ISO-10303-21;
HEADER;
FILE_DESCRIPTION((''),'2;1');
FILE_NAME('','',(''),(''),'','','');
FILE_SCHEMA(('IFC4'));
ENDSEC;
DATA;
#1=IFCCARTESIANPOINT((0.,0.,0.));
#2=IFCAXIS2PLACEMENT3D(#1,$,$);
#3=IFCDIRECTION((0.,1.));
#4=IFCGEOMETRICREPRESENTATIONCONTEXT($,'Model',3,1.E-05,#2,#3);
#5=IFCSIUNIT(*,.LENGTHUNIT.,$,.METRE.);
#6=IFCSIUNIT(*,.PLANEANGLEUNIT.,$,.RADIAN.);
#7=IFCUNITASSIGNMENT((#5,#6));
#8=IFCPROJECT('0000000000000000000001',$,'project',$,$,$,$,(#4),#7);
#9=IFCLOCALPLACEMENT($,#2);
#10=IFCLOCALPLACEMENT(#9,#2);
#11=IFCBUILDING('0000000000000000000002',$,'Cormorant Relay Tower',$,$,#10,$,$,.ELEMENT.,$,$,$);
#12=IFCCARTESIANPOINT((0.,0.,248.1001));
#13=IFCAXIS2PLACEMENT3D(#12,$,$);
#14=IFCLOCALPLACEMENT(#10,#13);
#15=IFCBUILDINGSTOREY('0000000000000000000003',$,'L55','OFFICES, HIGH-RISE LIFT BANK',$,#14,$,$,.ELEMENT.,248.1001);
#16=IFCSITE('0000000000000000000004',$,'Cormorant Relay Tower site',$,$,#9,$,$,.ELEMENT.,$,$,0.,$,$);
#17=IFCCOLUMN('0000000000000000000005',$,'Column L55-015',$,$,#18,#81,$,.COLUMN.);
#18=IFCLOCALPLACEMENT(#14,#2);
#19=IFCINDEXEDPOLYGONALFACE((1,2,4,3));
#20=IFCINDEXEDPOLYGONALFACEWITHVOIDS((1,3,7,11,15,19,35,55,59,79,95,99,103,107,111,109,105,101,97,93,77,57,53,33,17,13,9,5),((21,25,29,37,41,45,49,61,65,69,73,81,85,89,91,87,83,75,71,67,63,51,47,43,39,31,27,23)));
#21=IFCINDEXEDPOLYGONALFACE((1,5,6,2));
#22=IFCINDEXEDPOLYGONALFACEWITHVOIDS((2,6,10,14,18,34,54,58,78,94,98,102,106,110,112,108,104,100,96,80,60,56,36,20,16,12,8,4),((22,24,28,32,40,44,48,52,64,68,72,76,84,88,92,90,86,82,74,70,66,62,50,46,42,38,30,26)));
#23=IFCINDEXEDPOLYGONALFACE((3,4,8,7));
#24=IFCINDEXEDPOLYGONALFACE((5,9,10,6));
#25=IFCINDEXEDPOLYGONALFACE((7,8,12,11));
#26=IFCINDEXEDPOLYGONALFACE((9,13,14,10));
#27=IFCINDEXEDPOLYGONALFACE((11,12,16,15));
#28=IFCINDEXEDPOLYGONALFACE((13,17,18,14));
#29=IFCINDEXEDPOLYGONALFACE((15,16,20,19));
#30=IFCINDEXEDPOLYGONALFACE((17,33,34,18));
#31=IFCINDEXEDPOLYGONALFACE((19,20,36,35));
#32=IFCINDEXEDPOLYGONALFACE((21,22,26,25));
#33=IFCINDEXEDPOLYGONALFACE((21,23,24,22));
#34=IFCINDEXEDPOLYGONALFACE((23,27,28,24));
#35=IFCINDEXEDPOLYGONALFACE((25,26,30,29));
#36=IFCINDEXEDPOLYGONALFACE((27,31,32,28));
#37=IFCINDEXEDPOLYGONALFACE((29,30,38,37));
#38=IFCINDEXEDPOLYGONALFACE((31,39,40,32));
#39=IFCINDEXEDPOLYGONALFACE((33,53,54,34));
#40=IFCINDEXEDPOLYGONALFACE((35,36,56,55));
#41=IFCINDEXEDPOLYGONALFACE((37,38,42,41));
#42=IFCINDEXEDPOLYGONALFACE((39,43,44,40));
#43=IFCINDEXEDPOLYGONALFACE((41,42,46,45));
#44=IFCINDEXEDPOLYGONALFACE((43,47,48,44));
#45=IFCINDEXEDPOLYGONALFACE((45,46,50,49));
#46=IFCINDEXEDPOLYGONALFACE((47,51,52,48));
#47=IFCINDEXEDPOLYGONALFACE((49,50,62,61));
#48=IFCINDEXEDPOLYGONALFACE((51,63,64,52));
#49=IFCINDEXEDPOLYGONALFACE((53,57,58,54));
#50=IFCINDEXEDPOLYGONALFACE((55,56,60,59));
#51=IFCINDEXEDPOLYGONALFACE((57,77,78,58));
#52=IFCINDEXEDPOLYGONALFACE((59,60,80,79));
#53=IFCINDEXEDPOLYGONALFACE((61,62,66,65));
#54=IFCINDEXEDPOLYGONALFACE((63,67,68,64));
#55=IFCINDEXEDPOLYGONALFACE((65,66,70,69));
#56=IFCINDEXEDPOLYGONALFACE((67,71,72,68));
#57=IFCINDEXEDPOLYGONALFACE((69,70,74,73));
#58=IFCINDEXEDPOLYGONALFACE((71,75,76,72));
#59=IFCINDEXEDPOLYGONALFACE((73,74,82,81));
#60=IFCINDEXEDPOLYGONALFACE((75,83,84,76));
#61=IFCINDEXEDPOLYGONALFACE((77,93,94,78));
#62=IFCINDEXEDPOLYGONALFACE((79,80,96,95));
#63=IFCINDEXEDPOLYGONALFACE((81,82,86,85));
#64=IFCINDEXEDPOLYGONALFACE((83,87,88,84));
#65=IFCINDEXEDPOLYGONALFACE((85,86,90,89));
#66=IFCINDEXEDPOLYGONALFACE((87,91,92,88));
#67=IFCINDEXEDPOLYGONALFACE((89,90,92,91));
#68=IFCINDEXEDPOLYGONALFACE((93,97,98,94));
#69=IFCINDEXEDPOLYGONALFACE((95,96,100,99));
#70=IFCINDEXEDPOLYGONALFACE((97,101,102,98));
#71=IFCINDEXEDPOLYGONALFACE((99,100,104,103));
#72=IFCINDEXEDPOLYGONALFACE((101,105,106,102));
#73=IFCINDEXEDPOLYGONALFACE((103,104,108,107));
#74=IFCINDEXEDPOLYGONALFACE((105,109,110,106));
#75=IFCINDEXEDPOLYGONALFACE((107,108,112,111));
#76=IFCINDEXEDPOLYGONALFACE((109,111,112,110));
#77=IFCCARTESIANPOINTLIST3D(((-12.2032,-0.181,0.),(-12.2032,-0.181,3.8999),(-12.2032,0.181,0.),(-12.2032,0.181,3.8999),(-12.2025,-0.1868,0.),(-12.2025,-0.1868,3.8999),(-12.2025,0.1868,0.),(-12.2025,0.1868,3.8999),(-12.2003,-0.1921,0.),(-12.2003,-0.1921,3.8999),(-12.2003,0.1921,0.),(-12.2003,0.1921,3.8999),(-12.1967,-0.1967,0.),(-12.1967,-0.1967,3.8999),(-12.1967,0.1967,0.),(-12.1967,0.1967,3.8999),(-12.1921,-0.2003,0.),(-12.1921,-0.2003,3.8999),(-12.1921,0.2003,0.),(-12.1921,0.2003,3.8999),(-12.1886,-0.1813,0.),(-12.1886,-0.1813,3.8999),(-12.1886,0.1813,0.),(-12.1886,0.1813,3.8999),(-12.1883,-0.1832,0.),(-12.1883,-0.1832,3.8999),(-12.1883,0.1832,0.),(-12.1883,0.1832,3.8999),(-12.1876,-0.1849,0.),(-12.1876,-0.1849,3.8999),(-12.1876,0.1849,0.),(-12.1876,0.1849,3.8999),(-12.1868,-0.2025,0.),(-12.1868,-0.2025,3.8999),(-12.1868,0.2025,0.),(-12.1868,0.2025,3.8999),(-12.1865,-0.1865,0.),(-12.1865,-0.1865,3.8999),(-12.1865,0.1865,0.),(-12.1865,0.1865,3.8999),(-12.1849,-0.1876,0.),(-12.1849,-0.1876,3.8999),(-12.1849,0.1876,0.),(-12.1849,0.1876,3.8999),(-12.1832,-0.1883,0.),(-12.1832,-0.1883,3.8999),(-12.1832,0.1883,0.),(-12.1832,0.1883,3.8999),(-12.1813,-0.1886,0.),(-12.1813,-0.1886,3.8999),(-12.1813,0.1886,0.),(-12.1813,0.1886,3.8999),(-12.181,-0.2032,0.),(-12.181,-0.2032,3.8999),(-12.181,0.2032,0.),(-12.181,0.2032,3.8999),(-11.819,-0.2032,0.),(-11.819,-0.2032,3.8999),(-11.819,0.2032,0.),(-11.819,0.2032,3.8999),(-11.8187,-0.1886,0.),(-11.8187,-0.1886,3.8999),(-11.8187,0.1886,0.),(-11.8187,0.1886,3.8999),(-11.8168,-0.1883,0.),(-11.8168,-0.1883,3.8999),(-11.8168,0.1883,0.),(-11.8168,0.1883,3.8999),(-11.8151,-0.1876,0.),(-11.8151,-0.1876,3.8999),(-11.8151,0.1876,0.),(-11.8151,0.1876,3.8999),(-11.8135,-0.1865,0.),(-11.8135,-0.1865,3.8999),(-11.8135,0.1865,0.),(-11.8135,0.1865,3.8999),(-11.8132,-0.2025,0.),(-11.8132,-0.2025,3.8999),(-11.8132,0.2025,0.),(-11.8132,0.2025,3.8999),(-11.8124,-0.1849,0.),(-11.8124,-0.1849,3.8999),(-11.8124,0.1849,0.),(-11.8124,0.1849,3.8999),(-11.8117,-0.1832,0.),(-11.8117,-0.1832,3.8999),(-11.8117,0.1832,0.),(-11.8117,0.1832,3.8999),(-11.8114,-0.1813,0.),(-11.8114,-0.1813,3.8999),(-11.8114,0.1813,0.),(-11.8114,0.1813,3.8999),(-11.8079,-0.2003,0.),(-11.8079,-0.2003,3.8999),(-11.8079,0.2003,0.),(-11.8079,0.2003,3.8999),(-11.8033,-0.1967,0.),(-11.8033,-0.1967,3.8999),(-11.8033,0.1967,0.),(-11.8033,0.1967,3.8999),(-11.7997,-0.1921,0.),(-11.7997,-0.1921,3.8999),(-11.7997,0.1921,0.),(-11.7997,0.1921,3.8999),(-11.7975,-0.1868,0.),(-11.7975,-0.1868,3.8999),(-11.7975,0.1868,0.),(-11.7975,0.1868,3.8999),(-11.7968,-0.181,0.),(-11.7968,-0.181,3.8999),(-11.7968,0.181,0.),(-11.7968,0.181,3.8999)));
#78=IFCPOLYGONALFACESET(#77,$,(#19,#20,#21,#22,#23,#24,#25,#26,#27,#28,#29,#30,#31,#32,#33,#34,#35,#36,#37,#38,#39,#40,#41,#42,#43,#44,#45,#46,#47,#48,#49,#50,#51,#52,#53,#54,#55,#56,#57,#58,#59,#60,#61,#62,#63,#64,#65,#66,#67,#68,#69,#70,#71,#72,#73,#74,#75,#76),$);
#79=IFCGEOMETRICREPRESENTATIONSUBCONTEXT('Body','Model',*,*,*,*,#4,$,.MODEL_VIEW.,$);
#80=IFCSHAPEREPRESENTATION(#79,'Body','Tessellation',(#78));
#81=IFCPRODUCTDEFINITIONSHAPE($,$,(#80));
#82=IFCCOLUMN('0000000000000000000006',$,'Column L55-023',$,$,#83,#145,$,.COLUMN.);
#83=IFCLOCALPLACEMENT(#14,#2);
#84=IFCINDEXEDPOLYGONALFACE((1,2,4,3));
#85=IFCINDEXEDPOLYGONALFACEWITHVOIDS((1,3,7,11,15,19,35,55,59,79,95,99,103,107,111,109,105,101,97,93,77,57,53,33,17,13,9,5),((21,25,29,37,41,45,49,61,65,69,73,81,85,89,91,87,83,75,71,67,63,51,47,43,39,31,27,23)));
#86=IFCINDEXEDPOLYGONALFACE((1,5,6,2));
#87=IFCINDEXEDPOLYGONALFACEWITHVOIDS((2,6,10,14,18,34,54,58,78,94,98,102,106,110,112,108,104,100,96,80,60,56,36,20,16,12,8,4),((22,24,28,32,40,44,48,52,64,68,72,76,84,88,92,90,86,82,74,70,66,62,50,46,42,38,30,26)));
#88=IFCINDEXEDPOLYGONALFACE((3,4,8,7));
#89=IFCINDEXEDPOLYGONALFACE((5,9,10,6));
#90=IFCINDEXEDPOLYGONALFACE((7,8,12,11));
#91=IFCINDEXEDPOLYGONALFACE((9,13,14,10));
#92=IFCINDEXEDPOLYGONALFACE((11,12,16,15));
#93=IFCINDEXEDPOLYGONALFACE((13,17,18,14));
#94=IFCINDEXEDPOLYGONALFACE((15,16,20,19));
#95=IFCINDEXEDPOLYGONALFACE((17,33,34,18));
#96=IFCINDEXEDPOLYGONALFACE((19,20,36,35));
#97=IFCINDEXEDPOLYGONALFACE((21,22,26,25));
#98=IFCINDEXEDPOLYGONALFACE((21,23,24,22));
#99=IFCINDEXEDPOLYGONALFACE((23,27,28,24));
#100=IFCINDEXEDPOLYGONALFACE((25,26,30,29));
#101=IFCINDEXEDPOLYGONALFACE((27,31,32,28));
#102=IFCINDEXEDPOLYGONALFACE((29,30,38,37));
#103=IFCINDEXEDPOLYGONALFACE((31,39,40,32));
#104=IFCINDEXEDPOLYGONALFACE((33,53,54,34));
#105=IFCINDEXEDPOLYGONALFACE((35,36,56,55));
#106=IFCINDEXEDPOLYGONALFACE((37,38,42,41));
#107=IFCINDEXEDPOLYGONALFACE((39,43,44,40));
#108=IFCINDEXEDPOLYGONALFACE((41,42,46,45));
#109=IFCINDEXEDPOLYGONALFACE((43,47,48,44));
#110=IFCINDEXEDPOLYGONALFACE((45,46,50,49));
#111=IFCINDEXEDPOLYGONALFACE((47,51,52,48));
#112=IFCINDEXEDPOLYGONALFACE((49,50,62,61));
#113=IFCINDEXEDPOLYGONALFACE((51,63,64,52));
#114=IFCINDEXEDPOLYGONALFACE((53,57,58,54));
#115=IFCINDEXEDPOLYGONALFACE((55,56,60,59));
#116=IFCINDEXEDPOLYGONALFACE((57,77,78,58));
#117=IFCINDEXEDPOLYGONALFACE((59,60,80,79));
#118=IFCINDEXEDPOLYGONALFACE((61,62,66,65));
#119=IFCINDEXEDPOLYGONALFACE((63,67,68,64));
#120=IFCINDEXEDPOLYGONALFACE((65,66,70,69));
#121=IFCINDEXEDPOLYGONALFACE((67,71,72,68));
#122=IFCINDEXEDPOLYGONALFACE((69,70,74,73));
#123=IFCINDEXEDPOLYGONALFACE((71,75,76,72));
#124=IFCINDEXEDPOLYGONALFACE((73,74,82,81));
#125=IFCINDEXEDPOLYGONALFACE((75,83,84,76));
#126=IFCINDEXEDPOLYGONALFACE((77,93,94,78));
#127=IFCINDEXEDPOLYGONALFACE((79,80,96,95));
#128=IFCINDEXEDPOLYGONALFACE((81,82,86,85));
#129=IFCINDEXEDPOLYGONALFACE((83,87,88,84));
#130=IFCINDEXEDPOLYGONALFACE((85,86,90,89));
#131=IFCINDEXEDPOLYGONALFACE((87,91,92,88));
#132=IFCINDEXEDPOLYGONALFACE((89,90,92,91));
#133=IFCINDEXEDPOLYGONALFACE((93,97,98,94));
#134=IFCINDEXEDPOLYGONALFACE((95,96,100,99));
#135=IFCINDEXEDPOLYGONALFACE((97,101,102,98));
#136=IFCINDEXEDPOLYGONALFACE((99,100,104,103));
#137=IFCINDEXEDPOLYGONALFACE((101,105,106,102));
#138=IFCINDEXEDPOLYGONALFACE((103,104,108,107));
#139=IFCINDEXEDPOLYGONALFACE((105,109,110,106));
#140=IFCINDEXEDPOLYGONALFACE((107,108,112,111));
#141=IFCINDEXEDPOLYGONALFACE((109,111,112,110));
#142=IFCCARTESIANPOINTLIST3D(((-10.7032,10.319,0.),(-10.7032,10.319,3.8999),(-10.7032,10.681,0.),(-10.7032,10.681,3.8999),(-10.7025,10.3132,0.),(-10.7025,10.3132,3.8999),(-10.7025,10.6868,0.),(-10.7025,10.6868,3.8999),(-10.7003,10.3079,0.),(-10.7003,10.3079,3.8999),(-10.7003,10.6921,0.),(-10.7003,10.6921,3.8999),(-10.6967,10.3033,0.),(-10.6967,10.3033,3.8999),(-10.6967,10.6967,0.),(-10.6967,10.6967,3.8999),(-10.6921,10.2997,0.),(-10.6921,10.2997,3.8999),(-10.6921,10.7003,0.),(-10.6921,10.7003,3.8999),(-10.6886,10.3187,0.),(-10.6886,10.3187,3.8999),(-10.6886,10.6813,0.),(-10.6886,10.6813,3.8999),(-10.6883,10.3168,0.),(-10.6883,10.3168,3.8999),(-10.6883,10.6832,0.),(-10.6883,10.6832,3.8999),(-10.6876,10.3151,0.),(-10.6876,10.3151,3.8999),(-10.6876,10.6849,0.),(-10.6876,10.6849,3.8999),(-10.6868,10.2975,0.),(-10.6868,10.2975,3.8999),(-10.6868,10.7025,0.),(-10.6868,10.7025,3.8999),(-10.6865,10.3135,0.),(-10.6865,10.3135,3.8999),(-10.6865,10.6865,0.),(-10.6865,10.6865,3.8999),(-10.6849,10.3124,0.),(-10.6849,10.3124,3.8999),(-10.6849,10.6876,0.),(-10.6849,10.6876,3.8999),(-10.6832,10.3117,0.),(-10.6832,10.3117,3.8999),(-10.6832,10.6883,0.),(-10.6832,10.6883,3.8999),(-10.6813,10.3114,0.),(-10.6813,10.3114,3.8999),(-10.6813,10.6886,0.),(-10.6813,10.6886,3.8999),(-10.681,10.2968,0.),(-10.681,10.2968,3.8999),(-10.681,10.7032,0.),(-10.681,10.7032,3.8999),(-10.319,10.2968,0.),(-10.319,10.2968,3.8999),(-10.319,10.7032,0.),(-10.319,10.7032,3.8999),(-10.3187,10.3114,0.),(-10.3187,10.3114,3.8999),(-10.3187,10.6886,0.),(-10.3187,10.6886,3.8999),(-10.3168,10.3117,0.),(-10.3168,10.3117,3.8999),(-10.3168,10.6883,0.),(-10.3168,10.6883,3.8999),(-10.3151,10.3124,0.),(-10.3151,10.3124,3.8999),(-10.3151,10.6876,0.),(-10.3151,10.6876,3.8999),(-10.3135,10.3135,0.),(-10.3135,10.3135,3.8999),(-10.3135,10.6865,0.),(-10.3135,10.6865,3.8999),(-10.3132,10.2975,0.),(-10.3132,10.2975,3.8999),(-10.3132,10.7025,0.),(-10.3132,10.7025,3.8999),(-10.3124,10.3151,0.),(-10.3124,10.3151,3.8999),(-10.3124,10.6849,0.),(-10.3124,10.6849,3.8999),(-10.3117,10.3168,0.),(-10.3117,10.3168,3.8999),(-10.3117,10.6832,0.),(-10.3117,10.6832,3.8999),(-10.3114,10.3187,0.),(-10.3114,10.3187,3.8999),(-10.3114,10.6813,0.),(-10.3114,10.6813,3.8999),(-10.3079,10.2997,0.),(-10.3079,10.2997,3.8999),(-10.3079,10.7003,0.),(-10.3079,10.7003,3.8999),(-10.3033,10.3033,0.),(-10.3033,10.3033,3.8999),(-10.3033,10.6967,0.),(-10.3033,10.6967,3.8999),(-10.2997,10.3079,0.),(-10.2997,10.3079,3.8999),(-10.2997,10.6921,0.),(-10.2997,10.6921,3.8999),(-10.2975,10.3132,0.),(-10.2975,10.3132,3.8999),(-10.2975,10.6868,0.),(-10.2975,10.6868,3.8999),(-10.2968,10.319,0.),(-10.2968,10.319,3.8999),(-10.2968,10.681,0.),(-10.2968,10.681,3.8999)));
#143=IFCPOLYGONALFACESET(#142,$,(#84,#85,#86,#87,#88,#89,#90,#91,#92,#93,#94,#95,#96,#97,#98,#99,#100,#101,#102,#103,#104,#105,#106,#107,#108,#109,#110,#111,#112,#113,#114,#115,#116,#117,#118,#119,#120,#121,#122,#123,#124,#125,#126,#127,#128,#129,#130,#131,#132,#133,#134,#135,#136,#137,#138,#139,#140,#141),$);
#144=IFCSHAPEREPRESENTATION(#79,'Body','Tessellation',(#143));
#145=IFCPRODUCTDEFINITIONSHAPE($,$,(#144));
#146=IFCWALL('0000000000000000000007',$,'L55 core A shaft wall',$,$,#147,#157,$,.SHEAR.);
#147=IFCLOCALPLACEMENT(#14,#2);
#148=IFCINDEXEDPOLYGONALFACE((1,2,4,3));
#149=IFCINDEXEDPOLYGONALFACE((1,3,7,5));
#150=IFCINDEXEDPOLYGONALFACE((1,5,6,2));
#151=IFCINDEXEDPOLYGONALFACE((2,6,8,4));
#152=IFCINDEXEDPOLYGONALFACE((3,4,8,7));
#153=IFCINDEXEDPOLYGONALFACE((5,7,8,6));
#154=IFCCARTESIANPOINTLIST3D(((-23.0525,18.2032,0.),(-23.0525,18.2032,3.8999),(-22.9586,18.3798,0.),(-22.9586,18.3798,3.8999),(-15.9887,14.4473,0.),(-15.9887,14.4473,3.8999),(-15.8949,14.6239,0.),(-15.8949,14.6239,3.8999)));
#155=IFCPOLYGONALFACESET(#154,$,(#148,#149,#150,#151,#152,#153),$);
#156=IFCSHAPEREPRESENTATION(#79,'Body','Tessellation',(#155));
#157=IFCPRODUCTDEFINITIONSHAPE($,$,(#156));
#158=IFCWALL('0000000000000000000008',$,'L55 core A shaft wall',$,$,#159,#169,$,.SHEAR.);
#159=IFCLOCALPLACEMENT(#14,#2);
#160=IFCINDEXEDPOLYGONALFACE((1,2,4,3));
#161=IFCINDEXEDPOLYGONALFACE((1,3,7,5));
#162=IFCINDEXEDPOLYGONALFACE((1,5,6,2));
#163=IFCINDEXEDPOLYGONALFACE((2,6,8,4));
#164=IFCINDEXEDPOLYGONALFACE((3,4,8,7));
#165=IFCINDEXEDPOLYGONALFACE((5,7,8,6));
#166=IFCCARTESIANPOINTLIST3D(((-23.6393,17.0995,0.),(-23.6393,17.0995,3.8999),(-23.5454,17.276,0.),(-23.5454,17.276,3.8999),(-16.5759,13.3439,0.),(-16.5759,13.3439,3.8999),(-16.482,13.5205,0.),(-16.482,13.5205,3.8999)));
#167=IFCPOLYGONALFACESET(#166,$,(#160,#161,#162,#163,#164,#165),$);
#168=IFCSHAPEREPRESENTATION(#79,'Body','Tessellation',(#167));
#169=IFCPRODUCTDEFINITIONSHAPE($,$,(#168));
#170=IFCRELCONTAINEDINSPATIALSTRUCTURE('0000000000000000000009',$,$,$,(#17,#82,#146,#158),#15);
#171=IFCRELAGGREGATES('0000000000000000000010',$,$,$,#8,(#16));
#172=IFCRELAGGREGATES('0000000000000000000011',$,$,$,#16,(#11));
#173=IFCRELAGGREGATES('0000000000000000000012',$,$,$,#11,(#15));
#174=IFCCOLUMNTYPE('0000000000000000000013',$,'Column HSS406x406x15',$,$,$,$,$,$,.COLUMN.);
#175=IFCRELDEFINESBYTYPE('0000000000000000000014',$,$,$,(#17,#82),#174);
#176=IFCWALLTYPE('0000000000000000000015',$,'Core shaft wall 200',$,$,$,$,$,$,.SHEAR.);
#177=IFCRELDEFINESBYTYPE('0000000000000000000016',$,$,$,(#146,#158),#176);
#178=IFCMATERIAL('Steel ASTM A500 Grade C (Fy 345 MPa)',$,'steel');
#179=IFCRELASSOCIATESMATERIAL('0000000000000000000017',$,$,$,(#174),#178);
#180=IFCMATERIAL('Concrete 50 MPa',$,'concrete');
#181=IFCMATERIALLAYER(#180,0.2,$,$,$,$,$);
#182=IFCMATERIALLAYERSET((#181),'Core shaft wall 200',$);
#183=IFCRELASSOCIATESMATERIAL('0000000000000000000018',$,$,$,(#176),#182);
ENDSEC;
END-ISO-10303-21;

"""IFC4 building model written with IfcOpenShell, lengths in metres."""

from ifc_helpers import new_model, si_unit, direction, frame, frame_2d, origin, origin_2d, place, context, subcontext, project, spatial, rectangle, hollow_rectangle, extrude, material, layer, layer_set, material_profile, profile_set, type_object, element, save


model = new_model("IFC4")

# Units and contexts
model_context = context("Model", 3, precision=1e-05, world=origin(), true_north=direction((0.0, 1.0)))
body_context = subcontext(model_context, "Body", "Model", "MODEL_VIEW")
ifc_project = project(units=[si_unit("LENGTHUNIT", "METRE"), si_unit("PLANEANGLEUNIT", "RADIAN")], contexts=[model_context])

# Site, building, storey
site_placement = place(None, origin())
site = spatial("IfcSite", under=ifc_project, at=site_placement, Name="Cormorant Relay Tower site", CompositionType="ELEMENT", RefElevation=0.0)
building_placement = place(site_placement, origin())
building = spatial("IfcBuilding", under=site, at=building_placement, Name="Cormorant Relay Tower", CompositionType="ELEMENT")
storey_placement = place(building_placement, frame((0.0, 0.0, 248.1001)))
storey = spatial("IfcBuildingStorey", under=building, at=storey_placement, Name="L55", Description="OFFICES, HIGH-RISE LIFT BANK", CompositionType="ELEMENT", Elevation=248.1001)

# Columns
ifc_material_1 = material(Name="Steel ASTM A500 Grade C (Fy 345 MPa)", Category="steel")
ifc_material_profile = material_profile(ifc_material_1, hollow_rectangle(XDim=0.4065, YDim=0.4065, WallThickness=0.0146, InnerFilletRadius=0.0073, OuterFilletRadius=0.0222, at=origin_2d()), Name="HSS406x406x15")
ifc_profile_set = profile_set([ifc_material_profile], Name="Steel ASTM A500 Grade C (Fy 345 MPa)")
column_type = type_object("IfcColumnType", Name="Column HSS406x406x15", PredefinedType="COLUMN", material=ifc_profile_set)
for number, where, z_axis, x_axis, name in (
    (1, (-12.0, 0.0, 0.0), (0.0, 0.0, 1.0), (1.0, 0.0, 0.0), "Column L55-015"),
    (2, (-10.5, 10.5, 0.0), (0.0, 0.0, 1.0), (1.0, 0.0, 0.0), "Column L55-023"),
):
    element("IfcColumn", number, at=place(storey_placement, frame(where, z_axis=z_axis, x_axis=x_axis)), inside=storey, type_object=column_type, Name=name, PredefinedType="COLUMN", context=body_context, shape_type="SweptSolid", body=[
        extrude(hollow_rectangle(XDim=0.4065, YDim=0.4065, WallThickness=0.0146, InnerFilletRadius=0.0073, OuterFilletRadius=0.0222, at=origin_2d()), origin(), (0.0, 0.0, 1.0), 3.8999),
    ])

# Walls
ifc_material_2 = material(Name="Concrete 50 MPa", Category="concrete")
ifc_layer_1 = layer(ifc_material_2, 0.2)
ifc_layer_set_1 = layer_set([ifc_layer_1], Name="Core shaft wall 200")
wall_type_1 = type_object("IfcWallType", Name="Core shaft wall 200", PredefinedType="SHEAR", material=ifc_layer_set_1)
wall_1_placement = place(storey_placement, frame((-15.9419, 14.5356, 0.0), z_axis=(0.0, 0.0, 1.0), x_axis=(-0.882947, 0.469473, 0.0)))
element("IfcWall", 3, at=wall_1_placement, inside=storey, type_object=wall_type_1, Name="L55 core A shaft wall", PredefinedType="SHEAR", context=body_context, shape_type="SweptSolid", body=[
    extrude(rectangle(XDim=8.0002, YDim=0.2, at=frame_2d((4.0, 0.0))), origin(), (0.0, 0.0, 1.0), 3.8999),
])
wall_2_placement = place(storey_placement, frame((-16.5288, 13.4321, 0.0), z_axis=(0.0, 0.0, 1.0), x_axis=(-0.882953, 0.469462, 0.0)))
element("IfcWall", 4, at=wall_2_placement, inside=storey, type_object=wall_type_1, Name="L55 core A shaft wall", PredefinedType="SHEAR", context=body_context, shape_type="SweptSolid", body=[
    extrude(rectangle(XDim=7.9998, YDim=0.2, at=frame_2d((4.0, 0.0))), origin(), (0.0, 0.0, 1.0), 3.8999),
])

save(model, "model.ifc")
